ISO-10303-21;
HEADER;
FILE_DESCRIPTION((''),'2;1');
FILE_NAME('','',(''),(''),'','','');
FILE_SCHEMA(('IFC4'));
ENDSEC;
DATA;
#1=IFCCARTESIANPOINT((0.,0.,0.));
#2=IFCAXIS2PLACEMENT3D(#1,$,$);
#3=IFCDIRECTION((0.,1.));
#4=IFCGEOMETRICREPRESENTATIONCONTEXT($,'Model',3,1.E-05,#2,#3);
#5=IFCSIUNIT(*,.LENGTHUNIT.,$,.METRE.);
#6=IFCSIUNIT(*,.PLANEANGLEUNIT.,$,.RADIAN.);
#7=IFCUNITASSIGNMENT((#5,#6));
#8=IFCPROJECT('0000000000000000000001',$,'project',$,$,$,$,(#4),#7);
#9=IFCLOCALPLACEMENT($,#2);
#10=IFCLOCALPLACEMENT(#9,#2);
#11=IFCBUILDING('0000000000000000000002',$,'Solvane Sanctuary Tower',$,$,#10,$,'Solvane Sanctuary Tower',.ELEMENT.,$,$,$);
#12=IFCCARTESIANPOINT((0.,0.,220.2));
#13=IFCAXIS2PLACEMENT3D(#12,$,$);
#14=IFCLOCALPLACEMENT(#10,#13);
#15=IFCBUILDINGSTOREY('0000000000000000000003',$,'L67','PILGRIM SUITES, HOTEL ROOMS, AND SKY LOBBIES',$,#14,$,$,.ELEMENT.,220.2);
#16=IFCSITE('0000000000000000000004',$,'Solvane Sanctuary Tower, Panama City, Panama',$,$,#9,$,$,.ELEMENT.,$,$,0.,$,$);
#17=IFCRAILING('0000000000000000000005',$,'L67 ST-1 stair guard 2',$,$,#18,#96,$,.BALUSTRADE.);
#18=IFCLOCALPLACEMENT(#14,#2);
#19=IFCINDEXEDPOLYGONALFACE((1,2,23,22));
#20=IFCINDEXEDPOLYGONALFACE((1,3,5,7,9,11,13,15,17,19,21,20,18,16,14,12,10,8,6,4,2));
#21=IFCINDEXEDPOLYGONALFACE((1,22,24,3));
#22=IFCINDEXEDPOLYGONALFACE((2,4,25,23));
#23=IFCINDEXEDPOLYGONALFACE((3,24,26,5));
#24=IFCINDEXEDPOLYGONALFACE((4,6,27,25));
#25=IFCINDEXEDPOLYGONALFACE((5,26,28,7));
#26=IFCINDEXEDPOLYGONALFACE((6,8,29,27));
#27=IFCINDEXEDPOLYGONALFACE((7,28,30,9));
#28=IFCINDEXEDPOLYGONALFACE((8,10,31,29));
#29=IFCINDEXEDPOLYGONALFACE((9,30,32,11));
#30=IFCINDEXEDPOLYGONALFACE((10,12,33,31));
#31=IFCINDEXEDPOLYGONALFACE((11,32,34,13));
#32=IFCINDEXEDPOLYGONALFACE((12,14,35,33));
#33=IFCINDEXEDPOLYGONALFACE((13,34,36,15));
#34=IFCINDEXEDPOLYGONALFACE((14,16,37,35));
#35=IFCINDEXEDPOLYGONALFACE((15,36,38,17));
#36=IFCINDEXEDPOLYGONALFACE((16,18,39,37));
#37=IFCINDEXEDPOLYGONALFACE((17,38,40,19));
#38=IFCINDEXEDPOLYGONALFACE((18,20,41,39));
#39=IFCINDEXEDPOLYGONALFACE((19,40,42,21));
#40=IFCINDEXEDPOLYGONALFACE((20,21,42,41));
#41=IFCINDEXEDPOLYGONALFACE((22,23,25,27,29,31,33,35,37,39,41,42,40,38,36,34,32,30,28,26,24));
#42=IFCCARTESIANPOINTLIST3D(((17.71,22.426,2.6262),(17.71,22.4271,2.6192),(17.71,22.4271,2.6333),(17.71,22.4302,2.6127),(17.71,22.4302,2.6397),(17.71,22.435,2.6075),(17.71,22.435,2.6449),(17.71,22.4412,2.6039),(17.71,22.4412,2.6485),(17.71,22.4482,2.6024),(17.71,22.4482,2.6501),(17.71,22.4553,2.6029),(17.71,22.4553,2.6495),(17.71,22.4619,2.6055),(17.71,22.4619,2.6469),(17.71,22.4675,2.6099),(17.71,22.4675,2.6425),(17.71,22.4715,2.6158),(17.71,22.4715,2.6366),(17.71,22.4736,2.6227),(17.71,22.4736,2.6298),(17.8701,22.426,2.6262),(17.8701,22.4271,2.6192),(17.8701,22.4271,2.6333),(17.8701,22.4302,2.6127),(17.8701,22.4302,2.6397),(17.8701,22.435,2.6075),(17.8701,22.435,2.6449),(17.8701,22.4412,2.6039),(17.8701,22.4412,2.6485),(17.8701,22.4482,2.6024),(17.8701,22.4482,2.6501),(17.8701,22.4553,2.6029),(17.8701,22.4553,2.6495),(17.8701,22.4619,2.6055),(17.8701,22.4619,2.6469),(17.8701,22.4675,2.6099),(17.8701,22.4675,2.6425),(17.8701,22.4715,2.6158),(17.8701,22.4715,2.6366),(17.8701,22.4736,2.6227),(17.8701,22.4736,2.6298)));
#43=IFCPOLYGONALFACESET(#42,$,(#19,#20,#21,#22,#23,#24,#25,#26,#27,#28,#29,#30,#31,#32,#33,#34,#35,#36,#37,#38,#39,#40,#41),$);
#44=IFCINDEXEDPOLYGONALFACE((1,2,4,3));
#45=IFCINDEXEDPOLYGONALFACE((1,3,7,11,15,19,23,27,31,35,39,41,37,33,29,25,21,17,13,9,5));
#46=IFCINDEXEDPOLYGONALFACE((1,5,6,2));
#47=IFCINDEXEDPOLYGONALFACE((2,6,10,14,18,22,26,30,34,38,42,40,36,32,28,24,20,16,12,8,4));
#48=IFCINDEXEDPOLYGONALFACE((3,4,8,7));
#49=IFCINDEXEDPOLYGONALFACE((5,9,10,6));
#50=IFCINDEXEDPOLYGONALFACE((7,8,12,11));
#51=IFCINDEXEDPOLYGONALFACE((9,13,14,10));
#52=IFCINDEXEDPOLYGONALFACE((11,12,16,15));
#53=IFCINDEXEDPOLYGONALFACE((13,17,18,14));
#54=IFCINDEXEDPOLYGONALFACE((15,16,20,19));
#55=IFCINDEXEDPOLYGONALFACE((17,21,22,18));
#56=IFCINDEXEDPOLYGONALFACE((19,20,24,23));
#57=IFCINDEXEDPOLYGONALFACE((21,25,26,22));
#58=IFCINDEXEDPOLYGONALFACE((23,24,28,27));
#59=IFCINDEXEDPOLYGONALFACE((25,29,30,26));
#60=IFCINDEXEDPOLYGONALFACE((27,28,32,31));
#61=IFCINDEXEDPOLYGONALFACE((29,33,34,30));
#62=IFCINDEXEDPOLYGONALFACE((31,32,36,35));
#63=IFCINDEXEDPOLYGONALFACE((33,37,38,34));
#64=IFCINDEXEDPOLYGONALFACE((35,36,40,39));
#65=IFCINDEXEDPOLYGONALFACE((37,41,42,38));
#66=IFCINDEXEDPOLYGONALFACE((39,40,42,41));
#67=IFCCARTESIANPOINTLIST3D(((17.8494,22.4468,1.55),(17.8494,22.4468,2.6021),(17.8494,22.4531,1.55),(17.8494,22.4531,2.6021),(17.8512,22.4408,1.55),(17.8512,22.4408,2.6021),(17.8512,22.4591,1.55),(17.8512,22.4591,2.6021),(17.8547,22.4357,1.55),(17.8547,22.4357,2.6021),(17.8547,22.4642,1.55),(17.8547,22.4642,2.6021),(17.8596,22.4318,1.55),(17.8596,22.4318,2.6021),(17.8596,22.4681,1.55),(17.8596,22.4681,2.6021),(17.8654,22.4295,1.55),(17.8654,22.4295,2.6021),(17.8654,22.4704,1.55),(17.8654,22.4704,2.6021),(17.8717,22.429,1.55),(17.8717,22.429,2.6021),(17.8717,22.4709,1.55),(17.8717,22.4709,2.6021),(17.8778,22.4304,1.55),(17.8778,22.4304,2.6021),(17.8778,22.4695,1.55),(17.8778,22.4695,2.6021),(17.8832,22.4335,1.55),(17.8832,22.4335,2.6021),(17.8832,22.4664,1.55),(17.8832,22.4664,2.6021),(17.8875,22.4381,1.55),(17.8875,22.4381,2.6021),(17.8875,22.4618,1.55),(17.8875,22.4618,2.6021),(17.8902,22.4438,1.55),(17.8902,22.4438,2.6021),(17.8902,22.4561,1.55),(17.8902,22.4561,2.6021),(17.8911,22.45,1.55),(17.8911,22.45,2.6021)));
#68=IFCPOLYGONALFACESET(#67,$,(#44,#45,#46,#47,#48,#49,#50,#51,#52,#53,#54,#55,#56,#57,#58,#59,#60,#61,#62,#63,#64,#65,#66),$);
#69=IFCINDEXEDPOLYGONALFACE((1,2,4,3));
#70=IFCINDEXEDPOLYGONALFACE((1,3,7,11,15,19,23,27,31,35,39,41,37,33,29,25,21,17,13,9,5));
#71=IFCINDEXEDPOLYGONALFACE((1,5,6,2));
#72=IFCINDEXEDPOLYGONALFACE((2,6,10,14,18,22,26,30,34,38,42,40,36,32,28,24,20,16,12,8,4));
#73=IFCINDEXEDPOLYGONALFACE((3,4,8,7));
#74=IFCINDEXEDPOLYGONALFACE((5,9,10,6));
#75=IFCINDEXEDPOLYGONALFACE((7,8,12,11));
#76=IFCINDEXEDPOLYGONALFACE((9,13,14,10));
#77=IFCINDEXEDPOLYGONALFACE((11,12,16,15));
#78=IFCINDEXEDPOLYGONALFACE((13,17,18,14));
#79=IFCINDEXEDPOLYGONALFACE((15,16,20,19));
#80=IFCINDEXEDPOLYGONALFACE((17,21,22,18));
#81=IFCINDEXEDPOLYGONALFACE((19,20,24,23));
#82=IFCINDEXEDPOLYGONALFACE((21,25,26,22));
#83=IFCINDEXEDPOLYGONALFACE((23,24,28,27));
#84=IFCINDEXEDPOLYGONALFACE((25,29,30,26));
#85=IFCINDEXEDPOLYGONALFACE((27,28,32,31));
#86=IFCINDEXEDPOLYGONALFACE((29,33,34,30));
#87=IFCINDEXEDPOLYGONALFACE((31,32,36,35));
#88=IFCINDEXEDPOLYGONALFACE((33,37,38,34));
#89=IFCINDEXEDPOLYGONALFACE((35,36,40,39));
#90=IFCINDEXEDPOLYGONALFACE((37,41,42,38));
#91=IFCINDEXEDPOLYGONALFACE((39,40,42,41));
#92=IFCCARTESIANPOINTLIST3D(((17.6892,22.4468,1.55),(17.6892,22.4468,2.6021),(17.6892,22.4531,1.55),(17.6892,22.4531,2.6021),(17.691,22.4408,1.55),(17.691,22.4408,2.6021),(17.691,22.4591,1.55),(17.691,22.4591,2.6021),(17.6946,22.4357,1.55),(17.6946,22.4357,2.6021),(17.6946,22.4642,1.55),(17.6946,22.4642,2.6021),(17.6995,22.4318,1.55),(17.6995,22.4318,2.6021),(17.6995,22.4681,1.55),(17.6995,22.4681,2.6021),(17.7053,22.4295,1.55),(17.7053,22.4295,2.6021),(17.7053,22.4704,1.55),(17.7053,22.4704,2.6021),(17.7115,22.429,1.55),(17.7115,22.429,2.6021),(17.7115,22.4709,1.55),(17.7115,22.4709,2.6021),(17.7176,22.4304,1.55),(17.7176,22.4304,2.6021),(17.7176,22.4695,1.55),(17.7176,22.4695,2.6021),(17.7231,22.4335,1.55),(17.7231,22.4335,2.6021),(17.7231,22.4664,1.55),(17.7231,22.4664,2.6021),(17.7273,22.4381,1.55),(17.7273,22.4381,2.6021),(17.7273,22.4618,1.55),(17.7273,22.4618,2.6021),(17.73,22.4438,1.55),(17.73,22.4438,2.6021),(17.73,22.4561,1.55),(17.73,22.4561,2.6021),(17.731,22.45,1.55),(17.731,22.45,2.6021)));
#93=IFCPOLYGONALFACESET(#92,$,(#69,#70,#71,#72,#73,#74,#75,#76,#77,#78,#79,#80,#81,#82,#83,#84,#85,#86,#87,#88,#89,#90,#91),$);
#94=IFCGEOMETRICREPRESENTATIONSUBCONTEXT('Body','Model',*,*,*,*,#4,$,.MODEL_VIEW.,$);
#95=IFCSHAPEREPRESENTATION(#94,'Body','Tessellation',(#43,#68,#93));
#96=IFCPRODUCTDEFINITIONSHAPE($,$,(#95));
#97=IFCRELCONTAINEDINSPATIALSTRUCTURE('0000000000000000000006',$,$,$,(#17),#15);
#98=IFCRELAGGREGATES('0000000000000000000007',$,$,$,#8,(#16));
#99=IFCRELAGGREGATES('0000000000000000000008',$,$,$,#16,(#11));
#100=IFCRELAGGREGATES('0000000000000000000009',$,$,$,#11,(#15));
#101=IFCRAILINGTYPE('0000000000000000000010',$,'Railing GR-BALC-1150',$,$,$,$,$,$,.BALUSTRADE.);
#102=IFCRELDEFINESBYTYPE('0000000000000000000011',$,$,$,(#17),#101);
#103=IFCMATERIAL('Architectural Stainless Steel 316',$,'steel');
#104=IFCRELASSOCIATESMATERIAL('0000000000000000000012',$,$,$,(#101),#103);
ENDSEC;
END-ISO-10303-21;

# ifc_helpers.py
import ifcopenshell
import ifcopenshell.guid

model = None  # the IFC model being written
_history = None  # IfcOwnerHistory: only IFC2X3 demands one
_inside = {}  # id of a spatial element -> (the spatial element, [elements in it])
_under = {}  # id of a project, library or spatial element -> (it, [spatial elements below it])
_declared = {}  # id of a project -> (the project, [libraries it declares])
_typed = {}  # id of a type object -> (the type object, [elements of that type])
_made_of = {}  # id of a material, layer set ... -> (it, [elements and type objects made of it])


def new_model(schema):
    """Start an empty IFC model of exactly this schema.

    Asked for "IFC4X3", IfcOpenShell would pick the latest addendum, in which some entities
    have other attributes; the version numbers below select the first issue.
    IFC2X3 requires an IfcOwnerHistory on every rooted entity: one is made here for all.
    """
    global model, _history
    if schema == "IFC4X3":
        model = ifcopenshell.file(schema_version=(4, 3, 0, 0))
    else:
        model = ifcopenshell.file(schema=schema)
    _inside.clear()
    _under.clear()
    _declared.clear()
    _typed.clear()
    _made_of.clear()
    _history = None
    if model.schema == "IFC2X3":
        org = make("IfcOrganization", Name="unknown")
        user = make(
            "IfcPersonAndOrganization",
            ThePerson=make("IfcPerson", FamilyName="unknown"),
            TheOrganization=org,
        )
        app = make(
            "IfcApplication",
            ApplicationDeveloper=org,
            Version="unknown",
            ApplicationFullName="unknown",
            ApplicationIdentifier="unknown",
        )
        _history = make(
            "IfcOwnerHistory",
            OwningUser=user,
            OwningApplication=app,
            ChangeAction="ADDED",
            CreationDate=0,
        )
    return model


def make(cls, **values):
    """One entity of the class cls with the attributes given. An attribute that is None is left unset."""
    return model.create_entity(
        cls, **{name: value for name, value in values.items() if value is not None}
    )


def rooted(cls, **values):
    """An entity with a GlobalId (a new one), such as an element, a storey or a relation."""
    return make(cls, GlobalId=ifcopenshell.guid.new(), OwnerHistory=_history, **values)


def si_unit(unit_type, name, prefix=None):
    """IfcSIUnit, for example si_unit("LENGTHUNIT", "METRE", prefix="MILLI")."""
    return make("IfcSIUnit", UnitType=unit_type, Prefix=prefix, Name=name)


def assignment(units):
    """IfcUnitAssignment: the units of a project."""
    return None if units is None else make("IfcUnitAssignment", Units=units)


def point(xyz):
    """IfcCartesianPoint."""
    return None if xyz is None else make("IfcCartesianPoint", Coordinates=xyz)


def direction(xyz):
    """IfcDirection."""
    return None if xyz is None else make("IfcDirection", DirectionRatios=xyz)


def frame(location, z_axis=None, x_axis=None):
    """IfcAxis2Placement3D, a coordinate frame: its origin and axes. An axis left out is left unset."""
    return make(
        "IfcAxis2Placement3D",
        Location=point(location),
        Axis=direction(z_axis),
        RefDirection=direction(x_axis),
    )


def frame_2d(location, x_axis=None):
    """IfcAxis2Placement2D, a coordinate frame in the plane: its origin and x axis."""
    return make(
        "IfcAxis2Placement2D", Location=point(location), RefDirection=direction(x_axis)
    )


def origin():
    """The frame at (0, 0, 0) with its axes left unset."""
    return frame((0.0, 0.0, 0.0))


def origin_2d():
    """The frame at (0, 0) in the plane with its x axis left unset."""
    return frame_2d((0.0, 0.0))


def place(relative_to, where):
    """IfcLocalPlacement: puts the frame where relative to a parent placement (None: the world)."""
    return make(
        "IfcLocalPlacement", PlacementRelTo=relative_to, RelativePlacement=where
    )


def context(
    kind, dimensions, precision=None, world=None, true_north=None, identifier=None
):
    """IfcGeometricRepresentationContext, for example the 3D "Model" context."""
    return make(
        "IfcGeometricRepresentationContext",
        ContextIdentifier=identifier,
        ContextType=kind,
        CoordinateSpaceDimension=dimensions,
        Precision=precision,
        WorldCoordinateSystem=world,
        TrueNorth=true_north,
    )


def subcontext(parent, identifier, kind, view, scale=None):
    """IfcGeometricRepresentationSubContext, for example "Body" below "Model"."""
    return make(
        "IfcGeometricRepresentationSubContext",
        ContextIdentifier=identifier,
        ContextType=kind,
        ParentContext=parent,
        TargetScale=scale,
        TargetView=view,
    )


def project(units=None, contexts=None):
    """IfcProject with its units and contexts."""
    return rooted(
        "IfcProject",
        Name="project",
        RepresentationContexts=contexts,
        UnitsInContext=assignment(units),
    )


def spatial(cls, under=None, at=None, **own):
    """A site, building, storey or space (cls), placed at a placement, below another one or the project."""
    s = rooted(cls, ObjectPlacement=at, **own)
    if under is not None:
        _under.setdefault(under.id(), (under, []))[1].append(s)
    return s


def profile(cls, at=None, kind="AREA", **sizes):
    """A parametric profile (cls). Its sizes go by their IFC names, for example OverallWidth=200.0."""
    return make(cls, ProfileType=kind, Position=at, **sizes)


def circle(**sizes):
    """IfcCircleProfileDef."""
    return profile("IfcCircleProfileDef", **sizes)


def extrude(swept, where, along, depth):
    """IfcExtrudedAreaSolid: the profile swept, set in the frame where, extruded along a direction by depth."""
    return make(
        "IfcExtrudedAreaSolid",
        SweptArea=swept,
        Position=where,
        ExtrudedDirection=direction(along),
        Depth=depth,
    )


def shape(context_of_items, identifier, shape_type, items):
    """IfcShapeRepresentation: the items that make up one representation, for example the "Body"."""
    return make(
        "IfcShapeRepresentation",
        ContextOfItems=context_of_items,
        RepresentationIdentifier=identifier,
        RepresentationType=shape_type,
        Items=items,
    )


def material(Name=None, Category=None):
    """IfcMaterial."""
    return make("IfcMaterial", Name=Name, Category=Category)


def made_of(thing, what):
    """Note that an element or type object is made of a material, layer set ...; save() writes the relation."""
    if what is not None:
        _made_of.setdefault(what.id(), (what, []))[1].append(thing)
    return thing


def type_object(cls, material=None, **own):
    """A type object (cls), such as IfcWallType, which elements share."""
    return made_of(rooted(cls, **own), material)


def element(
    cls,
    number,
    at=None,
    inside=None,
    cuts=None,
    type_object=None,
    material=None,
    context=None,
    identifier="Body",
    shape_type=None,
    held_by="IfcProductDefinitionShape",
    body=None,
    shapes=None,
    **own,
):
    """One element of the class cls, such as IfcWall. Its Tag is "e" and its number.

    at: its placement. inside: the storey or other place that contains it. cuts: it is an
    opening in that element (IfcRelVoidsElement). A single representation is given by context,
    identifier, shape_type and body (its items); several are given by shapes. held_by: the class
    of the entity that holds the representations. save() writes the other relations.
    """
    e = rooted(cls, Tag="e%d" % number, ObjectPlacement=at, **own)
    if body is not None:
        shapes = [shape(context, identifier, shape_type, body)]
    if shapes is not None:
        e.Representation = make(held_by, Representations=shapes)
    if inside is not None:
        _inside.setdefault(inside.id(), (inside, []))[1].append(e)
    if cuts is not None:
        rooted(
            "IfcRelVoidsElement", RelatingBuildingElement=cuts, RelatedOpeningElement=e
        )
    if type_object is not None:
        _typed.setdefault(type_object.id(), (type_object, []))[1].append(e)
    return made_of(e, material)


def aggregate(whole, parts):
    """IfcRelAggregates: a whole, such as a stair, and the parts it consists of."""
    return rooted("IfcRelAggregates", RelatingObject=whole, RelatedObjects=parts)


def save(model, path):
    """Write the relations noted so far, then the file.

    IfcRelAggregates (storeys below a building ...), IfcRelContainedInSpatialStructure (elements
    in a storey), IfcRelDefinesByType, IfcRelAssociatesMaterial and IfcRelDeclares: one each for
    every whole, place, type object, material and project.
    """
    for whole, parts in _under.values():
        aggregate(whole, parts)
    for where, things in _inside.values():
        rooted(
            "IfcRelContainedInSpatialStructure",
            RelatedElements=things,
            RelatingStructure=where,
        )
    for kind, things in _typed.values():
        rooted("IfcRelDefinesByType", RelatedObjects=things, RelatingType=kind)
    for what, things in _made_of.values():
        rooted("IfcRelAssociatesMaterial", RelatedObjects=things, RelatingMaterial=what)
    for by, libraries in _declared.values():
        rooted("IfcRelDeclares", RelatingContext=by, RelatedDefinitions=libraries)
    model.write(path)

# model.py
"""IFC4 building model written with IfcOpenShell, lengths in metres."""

from ifc_helpers import new_model, si_unit, direction, frame, origin, origin_2d, place, context, subcontext, project, spatial, circle, extrude, material, type_object, element, save


model = new_model("IFC4")

# Units and contexts
model_context = context("Model", 3, precision=1e-05, world=origin(), true_north=direction((0.0, 1.0)))
body_context = subcontext(model_context, "Body", "Model", "MODEL_VIEW")
ifc_project = project(units=[si_unit("LENGTHUNIT", "METRE"), si_unit("PLANEANGLEUNIT", "RADIAN")], contexts=[model_context])

# Site, building, storey
site_placement = place(None, origin())
site = spatial("IfcSite", under=ifc_project, at=site_placement, Name="Solvane Sanctuary Tower, Panama City, Panama", CompositionType="ELEMENT", RefElevation=0.0)
building_placement = place(site_placement, origin())
building = spatial("IfcBuilding", under=site, at=building_placement, Name="Solvane Sanctuary Tower", LongName="Solvane Sanctuary Tower", CompositionType="ELEMENT")
storey_placement = place(building_placement, frame((0.0, 0.0, 220.2)))
storey = spatial("IfcBuildingStorey", under=building, at=storey_placement, Name="L67", Description="PILGRIM SUITES, HOTEL ROOMS, AND SKY LOBBIES", CompositionType="ELEMENT", Elevation=220.2)

# Shared definitions
ifc_material_1 = material(Name="Architectural Stainless Steel 316", Category="steel")

# Railing
railing_type_1 = type_object("IfcRailingType", Name="Railing GR-BALC-1150", PredefinedType="BALUSTRADE", material=ifc_material_1)
railing_1_placement = place(storey_placement, frame((17.8701, 22.45, 1.55)))
element("IfcRailing", 1, at=railing_1_placement, inside=storey, type_object=railing_type_1, Name="L67 ST-1 stair guard 2", PredefinedType="BALUSTRADE", context=body_context, shape_type="SweptSolid", body=[
    extrude(circle(Radius=0.0239, at=origin_2d()), frame((0.0, 0.0, 1.0762), z_axis=(-1.0, 0.0, 0.0), x_axis=(0.0, -1.0, 0.0)), (0.0, 0.0, 1.0), 0.1602),
    extrude(circle(Radius=0.021, at=origin_2d()), origin(), (0.0, 0.0, 1.0), 1.052),
    extrude(circle(Radius=0.021, at=origin_2d()), frame((-0.1602, 0.0, 0.0)), (0.0, 0.0, 1.0), 1.052),
])

save(model, "model.ifc")
